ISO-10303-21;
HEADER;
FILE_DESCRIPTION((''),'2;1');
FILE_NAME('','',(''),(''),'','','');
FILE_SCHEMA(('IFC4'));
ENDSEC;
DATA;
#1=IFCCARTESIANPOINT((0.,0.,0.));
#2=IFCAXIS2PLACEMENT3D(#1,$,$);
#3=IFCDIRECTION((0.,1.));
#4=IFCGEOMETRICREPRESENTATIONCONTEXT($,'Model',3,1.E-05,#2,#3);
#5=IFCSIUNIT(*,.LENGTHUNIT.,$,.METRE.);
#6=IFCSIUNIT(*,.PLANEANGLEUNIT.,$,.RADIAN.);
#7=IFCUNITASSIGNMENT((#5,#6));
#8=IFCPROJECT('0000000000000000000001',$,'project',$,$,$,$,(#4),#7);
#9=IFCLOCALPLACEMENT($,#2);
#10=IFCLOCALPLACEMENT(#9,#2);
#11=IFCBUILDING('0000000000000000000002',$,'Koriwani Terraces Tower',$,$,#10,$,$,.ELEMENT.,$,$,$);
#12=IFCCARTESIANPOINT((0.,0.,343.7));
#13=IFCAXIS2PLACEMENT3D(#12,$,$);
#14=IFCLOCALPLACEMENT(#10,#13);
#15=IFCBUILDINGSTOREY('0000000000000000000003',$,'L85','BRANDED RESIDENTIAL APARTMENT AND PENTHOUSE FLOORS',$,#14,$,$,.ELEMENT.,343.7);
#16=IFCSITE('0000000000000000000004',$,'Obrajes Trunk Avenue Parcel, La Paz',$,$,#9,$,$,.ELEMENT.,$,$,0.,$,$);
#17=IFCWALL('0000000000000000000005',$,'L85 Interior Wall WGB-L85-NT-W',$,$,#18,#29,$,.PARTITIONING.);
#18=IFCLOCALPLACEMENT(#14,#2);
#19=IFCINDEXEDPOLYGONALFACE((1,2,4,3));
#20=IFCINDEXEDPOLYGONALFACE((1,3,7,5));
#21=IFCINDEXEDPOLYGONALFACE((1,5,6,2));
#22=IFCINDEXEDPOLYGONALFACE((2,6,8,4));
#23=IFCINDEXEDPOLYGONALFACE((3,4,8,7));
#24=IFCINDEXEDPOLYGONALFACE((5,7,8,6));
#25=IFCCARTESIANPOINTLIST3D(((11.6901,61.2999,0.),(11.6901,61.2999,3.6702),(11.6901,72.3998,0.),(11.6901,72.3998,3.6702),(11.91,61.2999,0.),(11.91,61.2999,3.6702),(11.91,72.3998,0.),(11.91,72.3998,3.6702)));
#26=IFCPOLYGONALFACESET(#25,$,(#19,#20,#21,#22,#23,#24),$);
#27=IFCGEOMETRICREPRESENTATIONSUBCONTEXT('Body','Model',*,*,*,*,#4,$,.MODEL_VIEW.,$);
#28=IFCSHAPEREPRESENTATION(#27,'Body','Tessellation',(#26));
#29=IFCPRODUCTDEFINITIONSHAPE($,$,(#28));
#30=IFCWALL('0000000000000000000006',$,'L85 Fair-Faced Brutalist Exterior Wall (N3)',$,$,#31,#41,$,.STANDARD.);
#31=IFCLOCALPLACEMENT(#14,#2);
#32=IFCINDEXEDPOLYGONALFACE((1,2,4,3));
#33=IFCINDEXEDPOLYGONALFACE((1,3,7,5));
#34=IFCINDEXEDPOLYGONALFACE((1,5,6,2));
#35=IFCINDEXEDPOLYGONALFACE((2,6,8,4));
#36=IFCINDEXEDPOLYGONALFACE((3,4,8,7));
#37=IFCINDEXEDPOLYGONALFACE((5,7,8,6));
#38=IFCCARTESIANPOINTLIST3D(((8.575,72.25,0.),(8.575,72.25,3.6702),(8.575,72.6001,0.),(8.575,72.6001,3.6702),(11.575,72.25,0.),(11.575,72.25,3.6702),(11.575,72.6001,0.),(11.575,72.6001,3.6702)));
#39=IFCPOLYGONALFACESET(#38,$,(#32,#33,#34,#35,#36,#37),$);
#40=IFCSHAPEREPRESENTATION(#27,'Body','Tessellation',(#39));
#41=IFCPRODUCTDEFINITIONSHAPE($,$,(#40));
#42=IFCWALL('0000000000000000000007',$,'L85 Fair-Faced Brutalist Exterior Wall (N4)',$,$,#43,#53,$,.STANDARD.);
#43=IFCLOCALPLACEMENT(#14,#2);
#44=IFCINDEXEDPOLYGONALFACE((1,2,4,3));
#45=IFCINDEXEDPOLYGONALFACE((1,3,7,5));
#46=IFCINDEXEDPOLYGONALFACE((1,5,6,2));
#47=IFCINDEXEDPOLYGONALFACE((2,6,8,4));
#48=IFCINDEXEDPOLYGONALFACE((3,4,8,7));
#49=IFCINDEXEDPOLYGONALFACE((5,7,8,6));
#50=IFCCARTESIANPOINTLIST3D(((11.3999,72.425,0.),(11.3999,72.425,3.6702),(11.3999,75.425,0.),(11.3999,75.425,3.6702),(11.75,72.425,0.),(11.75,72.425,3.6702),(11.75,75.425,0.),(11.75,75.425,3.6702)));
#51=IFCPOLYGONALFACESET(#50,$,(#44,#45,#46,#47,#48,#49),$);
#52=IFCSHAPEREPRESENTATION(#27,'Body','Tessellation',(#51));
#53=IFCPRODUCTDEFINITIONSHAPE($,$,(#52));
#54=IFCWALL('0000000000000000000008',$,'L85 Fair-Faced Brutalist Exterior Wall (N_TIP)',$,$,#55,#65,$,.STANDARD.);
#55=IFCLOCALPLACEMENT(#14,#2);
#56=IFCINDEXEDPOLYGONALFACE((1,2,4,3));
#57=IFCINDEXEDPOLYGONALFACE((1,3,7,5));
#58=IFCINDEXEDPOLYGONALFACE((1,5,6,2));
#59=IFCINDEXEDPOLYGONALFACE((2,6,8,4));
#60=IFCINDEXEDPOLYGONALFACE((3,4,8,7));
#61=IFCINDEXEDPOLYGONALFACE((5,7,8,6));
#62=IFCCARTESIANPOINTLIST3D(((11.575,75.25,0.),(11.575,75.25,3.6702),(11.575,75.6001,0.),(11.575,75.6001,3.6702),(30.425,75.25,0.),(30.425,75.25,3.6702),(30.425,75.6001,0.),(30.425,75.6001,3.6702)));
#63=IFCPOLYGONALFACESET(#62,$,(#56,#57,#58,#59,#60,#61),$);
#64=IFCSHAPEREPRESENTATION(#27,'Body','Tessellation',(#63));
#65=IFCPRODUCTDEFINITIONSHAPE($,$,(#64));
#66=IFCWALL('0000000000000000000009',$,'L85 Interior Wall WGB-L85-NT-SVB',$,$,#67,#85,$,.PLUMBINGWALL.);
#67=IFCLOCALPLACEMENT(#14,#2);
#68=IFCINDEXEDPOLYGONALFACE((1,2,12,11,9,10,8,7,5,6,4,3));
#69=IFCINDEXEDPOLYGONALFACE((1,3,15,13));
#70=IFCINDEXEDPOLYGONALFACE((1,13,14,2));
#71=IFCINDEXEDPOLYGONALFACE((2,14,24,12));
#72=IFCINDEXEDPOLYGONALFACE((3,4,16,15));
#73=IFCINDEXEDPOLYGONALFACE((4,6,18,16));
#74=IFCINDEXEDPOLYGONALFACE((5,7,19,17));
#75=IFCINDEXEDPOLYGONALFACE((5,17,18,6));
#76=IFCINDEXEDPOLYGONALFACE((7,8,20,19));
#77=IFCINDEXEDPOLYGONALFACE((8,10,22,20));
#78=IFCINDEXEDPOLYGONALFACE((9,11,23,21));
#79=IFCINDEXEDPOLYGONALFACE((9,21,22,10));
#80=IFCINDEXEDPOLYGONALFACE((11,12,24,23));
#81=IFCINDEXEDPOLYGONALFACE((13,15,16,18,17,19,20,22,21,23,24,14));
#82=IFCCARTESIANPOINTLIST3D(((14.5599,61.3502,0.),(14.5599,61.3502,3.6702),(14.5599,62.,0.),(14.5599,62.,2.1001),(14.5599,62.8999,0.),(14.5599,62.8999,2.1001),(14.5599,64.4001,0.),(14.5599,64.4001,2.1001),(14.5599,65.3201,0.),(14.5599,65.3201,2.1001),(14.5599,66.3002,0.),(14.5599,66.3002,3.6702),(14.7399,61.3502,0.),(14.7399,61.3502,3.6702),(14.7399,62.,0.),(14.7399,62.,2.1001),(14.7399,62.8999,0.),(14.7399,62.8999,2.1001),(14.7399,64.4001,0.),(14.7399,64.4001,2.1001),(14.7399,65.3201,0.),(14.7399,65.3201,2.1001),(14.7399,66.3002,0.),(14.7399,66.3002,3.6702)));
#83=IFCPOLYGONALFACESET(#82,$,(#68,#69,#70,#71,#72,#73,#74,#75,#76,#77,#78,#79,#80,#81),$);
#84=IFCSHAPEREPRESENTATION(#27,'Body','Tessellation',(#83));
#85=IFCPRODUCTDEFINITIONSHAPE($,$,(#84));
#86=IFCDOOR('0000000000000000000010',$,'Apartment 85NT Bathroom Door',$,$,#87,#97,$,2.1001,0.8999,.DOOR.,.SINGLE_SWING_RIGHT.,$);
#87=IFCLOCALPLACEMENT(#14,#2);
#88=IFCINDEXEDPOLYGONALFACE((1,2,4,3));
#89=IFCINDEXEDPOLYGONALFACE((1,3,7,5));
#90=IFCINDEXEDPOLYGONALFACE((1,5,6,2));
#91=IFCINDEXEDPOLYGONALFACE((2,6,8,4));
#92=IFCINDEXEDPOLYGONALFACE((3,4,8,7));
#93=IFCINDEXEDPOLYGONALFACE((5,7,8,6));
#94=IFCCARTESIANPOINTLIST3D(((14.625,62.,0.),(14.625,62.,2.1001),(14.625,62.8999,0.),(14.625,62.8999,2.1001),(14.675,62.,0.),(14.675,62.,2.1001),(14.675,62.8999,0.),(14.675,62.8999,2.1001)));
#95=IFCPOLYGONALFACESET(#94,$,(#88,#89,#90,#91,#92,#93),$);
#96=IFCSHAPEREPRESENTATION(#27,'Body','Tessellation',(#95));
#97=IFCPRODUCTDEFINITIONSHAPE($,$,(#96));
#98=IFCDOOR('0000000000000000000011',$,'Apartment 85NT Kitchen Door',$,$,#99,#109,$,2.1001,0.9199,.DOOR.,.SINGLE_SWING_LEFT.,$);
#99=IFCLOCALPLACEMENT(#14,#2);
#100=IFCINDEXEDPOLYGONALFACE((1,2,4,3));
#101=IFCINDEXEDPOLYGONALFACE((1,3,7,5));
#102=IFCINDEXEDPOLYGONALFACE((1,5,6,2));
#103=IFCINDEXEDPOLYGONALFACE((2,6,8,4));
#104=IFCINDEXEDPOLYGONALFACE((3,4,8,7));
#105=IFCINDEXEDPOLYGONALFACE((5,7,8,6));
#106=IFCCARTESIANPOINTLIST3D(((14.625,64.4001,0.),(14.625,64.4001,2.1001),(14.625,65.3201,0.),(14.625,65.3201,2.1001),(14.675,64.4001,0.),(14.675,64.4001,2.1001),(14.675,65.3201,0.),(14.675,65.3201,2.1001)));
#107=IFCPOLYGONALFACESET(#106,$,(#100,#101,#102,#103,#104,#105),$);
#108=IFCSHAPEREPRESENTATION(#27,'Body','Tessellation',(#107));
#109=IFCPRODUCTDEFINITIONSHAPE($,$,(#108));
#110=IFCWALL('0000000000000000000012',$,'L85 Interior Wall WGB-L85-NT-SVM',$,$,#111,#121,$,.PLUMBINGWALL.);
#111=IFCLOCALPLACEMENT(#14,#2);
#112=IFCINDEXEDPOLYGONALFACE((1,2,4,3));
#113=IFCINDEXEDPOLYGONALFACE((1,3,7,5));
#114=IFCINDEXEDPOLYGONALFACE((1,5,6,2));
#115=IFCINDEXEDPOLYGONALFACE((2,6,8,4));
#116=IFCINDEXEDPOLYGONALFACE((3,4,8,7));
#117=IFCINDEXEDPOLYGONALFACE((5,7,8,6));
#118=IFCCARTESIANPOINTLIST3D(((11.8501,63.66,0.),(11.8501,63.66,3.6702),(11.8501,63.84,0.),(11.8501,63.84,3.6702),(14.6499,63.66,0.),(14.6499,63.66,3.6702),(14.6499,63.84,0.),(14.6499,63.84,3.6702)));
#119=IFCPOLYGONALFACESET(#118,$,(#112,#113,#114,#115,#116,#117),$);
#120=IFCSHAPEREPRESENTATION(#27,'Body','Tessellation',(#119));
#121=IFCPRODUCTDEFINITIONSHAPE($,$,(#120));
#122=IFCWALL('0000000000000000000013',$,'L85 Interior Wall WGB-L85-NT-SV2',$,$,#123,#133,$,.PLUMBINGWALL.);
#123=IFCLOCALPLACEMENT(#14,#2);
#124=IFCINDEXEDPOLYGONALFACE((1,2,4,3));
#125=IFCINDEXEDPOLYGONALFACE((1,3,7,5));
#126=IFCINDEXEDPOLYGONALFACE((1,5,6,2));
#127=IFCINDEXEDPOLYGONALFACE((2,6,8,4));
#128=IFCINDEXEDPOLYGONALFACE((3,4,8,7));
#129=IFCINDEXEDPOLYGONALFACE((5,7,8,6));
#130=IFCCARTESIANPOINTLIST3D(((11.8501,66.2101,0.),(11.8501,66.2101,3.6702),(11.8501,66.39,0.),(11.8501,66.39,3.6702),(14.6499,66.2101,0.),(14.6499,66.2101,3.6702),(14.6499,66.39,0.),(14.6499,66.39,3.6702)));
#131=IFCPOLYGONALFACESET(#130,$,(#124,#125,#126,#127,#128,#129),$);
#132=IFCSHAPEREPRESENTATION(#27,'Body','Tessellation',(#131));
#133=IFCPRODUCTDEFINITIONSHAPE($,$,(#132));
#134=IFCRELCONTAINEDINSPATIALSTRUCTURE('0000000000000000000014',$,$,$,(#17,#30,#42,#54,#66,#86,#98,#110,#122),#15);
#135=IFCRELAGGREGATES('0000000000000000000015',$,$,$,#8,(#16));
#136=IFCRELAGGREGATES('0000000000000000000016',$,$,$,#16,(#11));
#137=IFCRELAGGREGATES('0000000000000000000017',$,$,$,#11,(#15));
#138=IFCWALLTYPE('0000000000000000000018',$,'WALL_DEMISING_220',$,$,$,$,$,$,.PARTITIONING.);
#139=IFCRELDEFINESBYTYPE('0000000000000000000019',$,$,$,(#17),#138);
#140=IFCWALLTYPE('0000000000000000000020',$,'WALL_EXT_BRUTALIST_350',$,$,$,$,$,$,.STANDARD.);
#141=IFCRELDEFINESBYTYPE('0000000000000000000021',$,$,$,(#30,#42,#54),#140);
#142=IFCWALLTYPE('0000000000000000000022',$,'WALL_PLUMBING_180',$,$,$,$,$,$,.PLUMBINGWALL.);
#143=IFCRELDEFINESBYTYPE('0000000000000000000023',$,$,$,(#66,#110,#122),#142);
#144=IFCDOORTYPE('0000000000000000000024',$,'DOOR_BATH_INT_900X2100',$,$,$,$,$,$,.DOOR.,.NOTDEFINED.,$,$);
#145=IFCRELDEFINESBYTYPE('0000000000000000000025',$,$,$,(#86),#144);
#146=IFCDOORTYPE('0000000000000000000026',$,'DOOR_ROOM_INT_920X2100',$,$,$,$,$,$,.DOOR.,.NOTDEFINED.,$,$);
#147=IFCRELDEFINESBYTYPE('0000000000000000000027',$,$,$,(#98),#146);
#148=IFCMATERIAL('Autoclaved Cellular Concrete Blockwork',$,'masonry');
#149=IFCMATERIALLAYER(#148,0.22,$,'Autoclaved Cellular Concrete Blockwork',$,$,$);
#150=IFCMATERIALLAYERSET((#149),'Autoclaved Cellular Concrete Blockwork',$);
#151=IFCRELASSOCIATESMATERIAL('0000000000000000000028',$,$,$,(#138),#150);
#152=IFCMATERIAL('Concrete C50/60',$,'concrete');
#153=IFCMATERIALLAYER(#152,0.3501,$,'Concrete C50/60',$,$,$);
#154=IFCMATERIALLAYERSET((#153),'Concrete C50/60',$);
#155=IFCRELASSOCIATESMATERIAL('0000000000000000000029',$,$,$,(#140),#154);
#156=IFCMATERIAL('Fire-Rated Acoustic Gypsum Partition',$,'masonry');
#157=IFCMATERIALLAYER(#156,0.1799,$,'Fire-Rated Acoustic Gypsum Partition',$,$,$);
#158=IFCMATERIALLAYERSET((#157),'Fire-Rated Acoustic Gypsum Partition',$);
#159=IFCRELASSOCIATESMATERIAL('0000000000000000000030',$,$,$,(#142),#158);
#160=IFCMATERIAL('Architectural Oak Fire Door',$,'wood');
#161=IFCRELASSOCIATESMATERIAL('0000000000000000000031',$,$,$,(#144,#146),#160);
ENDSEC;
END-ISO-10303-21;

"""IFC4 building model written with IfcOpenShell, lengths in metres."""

from ifc_helpers import new_model, si_unit, direction, frame, frame_2d, origin, place, context, subcontext, project, spatial, rectangle, extrude, material, layer, layer_set, type_object, element, fill, save


model = new_model("IFC4")

# Units and contexts
model_context = context("Model", 3, precision=1e-05, world=origin(), true_north=direction((0.0, 1.0)))
body_context = subcontext(model_context, "Body", "Model", "MODEL_VIEW")
ifc_project = project(units=[si_unit("LENGTHUNIT", "METRE"), si_unit("PLANEANGLEUNIT", "RADIAN")], contexts=[model_context])

# Site, building, storey
site_placement = place(None, origin())
site = spatial("IfcSite", under=ifc_project, at=site_placement, Name="Obrajes Trunk Avenue Parcel, La Paz", CompositionType="ELEMENT", RefElevation=0.0)
building_placement = place(site_placement, origin())
building = spatial("IfcBuilding", under=site, at=building_placement, Name="Koriwani Terraces Tower", CompositionType="ELEMENT")
storey_placement = place(building_placement, frame((0.0, 0.0, 343.7)))
storey = spatial("IfcBuildingStorey", under=building, at=storey_placement, Name="L85", Description="BRANDED RESIDENTIAL APARTMENT AND PENTHOUSE FLOORS", CompositionType="ELEMENT", Elevation=343.7)

# Shared definitions
ifc_material_1 = material(Name="Concrete C50/60", Category="concrete")

# Shared definitions
ifc_material_2 = material(Name="Autoclaved Cellular Concrete Blockwork", Category="masonry")
ifc_material_3 = material(Name="Architectural Oak Fire Door", Category="wood")

# Walls
ifc_layer_1 = layer(ifc_material_2, 0.22, Name="Autoclaved Cellular Concrete Blockwork")
ifc_layer_set_1 = layer_set([ifc_layer_1], Name="Autoclaved Cellular Concrete Blockwork")
wall_type_1 = type_object("IfcWallType", Name="WALL_DEMISING_220", PredefinedType="PARTITIONING", material=ifc_layer_set_1)
wall_1_placement = place(storey_placement, frame((11.8, 61.3, 0.0), z_axis=(0.0, 0.0, 1.0), x_axis=(0.0, 1.0, 0.0)))
element("IfcWall", 1, at=wall_1_placement, inside=storey, type_object=wall_type_1, Name="L85 Interior Wall WGB-L85-NT-W", PredefinedType="PARTITIONING", context=body_context, shape_type="SweptSolid", body=[
    extrude(rectangle(XDim=11.0999, YDim=0.22, at=frame_2d((5.5498, 0.0))), origin(), (0.0, 0.0, 1.0), 3.6702),
])
ifc_layer_2 = layer(ifc_material_1, 0.3501, Name="Concrete C50/60")
ifc_layer_set_2 = layer_set([ifc_layer_2], Name="Concrete C50/60")
wall_type_2 = type_object("IfcWallType", Name="WALL_EXT_BRUTALIST_350", PredefinedType="STANDARD", material=ifc_layer_set_2)
for number, where, z_axis, x_axis, name in (
    (2, (8.575, 72.425, 0.0), (0.0, 0.0, 1.0), (1.0, 0.0, 0.0), "L85 Fair-Faced Brutalist Exterior Wall (N3)"),
    (3, (11.575, 72.425, 0.0), (0.0, 0.0, 1.0), (0.0, 1.0, 0.0), "L85 Fair-Faced Brutalist Exterior Wall (N4)"),
):
    element("IfcWall", number, at=place(storey_placement, frame(where, z_axis=z_axis, x_axis=x_axis)), inside=storey, type_object=wall_type_2, Name=name, PredefinedType="STANDARD", context=body_context, shape_type="SweptSolid", body=[
        extrude(rectangle(XDim=3.0, YDim=0.3501, at=frame_2d((1.5, 0.0))), origin(), (0.0, 0.0, 1.0), 3.6702),
    ])
wall_2_placement = place(storey_placement, frame((11.575, 75.425, 0.0), z_axis=(0.0, 0.0, 1.0), x_axis=(1.0, 0.0, 0.0)))
element("IfcWall", 4, at=wall_2_placement, inside=storey, type_object=wall_type_2, Name="L85 Fair-Faced Brutalist Exterior Wall (N_TIP)", PredefinedType="STANDARD", context=body_context, shape_type="SweptSolid", body=[
    extrude(rectangle(XDim=18.8501, YDim=0.3501, at=frame_2d((9.425, 0.0))), origin(), (0.0, 0.0, 1.0), 3.6702),
])

# Wall, openings, doors
ifc_material_4 = material(Name="Fire-Rated Acoustic Gypsum Partition", Category="masonry")
ifc_layer_3 = layer(ifc_material_4, 0.1799, Name="Fire-Rated Acoustic Gypsum Partition")
ifc_layer_set_3 = layer_set([ifc_layer_3], Name="Fire-Rated Acoustic Gypsum Partition")
wall_type_3 = type_object("IfcWallType", Name="WALL_PLUMBING_180", PredefinedType="PLUMBINGWALL", material=ifc_layer_set_3)
wall_3_placement = place(storey_placement, frame((14.6499, 61.3501, 0.0), z_axis=(0.0, 0.0, 1.0), x_axis=(0.0, 1.0, 0.0)))
wall_3 = element("IfcWall", 5, at=wall_3_placement, inside=storey, type_object=wall_type_3, Name="L85 Interior Wall WGB-L85-NT-SVB", PredefinedType="PLUMBINGWALL", context=body_context, shape_type="SweptSolid", body=[
    extrude(rectangle(XDim=4.95, YDim=0.1799, at=frame_2d((2.4751, 0.0))), origin(), (0.0, 0.0, 1.0), 3.6702),
])
opening_1_placement = place(wall_3_placement, frame((0.6499, 0.0, 0.0)))
opening_1 = element("IfcOpeningElement", 6, at=opening_1_placement, cuts=wall_3, PredefinedType="OPENING", context=body_context, shape_type="SweptSolid", body=[
    extrude(rectangle(XDim=0.8999, YDim=2.1001, at=frame_2d((0.45, 1.05))), frame((0.0, 0.1001, 0.0), z_axis=(0.0, -1.0, 0.0), x_axis=(1.0, 0.0, 0.0)), (0.0, 0.0, 1.0), 0.2),
])
opening_2_placement = place(wall_3_placement, frame((3.05, 0.0, 0.0)))
opening_2 = element("IfcOpeningElement", 7, at=opening_2_placement, cuts=wall_3, PredefinedType="OPENING", context=body_context, shape_type="SweptSolid", body=[
    extrude(rectangle(XDim=0.9199, YDim=2.1001, at=frame_2d((0.46, 1.05))), frame((0.0, 0.1001, 0.0), z_axis=(0.0, -1.0, 0.0), x_axis=(1.0, 0.0, 0.0)), (0.0, 0.0, 1.0), 0.2),
])
door_type_1 = type_object("IfcDoorType", Name="DOOR_BATH_INT_900X2100", OperationType="NOTDEFINED", PredefinedType="DOOR", material=ifc_material_3)
door_1_placement = place(opening_1_placement, origin())
door_1 = element("IfcDoor", 8, at=door_1_placement, inside=storey, type_object=door_type_1, Name="Apartment 85NT Bathroom Door", OperationType="SINGLE_SWING_RIGHT", OverallHeight=2.1001, OverallWidth=0.8999, PredefinedType="DOOR", context=body_context, shape_type="SweptSolid", body=[
    extrude(rectangle(XDim=0.8999, YDim=2.1001, at=frame_2d((0.45, 1.05))), frame((0.0, 0.0249, 0.0), z_axis=(0.0, -1.0, 0.0), x_axis=(1.0, 0.0, 0.0)), (0.0, 0.0, 1.0), 0.05),
])
fill(opening_1, door_1)
door_type_2 = type_object("IfcDoorType", Name="DOOR_ROOM_INT_920X2100", OperationType="NOTDEFINED", PredefinedType="DOOR", material=ifc_material_3)
door_2_placement = place(opening_2_placement, origin())
door_2 = element("IfcDoor", 9, at=door_2_placement, inside=storey, type_object=door_type_2, Name="Apartment 85NT Kitchen Door", OperationType="SINGLE_SWING_LEFT", OverallHeight=2.1001, OverallWidth=0.9199, PredefinedType="DOOR", context=body_context, shape_type="SweptSolid", body=[
    extrude(rectangle(XDim=0.9199, YDim=2.1001, at=frame_2d((0.46, 1.05))), frame((0.0, 0.0249, 0.0), z_axis=(0.0, -1.0, 0.0), x_axis=(1.0, 0.0, 0.0)), (0.0, 0.0, 1.0), 0.05),
])
fill(opening_2, door_2)

# Walls
for number, where, z_axis, x_axis, name in (
    (10, (11.8501, 63.75, 0.0), (0.0, 0.0, 1.0), (1.0, 0.0, 0.0), "L85 Interior Wall WGB-L85-NT-SVM"),
    (11, (11.8501, 66.3, 0.0), (0.0, 0.0, 1.0), (1.0, 0.0, 0.0), "L85 Interior Wall WGB-L85-NT-SV2"),
):
    element("IfcWall", number, at=place(storey_placement, frame(where, z_axis=z_axis, x_axis=x_axis)), inside=storey, type_object=wall_type_3, Name=name, PredefinedType="PLUMBINGWALL", context=body_context, shape_type="SweptSolid", body=[
        extrude(rectangle(XDim=2.7998, YDim=0.1799, at=frame_2d((1.3999, 0.0))), origin(), (0.0, 0.0, 1.0), 3.6702),
    ])

save(model, "model.ifc")
